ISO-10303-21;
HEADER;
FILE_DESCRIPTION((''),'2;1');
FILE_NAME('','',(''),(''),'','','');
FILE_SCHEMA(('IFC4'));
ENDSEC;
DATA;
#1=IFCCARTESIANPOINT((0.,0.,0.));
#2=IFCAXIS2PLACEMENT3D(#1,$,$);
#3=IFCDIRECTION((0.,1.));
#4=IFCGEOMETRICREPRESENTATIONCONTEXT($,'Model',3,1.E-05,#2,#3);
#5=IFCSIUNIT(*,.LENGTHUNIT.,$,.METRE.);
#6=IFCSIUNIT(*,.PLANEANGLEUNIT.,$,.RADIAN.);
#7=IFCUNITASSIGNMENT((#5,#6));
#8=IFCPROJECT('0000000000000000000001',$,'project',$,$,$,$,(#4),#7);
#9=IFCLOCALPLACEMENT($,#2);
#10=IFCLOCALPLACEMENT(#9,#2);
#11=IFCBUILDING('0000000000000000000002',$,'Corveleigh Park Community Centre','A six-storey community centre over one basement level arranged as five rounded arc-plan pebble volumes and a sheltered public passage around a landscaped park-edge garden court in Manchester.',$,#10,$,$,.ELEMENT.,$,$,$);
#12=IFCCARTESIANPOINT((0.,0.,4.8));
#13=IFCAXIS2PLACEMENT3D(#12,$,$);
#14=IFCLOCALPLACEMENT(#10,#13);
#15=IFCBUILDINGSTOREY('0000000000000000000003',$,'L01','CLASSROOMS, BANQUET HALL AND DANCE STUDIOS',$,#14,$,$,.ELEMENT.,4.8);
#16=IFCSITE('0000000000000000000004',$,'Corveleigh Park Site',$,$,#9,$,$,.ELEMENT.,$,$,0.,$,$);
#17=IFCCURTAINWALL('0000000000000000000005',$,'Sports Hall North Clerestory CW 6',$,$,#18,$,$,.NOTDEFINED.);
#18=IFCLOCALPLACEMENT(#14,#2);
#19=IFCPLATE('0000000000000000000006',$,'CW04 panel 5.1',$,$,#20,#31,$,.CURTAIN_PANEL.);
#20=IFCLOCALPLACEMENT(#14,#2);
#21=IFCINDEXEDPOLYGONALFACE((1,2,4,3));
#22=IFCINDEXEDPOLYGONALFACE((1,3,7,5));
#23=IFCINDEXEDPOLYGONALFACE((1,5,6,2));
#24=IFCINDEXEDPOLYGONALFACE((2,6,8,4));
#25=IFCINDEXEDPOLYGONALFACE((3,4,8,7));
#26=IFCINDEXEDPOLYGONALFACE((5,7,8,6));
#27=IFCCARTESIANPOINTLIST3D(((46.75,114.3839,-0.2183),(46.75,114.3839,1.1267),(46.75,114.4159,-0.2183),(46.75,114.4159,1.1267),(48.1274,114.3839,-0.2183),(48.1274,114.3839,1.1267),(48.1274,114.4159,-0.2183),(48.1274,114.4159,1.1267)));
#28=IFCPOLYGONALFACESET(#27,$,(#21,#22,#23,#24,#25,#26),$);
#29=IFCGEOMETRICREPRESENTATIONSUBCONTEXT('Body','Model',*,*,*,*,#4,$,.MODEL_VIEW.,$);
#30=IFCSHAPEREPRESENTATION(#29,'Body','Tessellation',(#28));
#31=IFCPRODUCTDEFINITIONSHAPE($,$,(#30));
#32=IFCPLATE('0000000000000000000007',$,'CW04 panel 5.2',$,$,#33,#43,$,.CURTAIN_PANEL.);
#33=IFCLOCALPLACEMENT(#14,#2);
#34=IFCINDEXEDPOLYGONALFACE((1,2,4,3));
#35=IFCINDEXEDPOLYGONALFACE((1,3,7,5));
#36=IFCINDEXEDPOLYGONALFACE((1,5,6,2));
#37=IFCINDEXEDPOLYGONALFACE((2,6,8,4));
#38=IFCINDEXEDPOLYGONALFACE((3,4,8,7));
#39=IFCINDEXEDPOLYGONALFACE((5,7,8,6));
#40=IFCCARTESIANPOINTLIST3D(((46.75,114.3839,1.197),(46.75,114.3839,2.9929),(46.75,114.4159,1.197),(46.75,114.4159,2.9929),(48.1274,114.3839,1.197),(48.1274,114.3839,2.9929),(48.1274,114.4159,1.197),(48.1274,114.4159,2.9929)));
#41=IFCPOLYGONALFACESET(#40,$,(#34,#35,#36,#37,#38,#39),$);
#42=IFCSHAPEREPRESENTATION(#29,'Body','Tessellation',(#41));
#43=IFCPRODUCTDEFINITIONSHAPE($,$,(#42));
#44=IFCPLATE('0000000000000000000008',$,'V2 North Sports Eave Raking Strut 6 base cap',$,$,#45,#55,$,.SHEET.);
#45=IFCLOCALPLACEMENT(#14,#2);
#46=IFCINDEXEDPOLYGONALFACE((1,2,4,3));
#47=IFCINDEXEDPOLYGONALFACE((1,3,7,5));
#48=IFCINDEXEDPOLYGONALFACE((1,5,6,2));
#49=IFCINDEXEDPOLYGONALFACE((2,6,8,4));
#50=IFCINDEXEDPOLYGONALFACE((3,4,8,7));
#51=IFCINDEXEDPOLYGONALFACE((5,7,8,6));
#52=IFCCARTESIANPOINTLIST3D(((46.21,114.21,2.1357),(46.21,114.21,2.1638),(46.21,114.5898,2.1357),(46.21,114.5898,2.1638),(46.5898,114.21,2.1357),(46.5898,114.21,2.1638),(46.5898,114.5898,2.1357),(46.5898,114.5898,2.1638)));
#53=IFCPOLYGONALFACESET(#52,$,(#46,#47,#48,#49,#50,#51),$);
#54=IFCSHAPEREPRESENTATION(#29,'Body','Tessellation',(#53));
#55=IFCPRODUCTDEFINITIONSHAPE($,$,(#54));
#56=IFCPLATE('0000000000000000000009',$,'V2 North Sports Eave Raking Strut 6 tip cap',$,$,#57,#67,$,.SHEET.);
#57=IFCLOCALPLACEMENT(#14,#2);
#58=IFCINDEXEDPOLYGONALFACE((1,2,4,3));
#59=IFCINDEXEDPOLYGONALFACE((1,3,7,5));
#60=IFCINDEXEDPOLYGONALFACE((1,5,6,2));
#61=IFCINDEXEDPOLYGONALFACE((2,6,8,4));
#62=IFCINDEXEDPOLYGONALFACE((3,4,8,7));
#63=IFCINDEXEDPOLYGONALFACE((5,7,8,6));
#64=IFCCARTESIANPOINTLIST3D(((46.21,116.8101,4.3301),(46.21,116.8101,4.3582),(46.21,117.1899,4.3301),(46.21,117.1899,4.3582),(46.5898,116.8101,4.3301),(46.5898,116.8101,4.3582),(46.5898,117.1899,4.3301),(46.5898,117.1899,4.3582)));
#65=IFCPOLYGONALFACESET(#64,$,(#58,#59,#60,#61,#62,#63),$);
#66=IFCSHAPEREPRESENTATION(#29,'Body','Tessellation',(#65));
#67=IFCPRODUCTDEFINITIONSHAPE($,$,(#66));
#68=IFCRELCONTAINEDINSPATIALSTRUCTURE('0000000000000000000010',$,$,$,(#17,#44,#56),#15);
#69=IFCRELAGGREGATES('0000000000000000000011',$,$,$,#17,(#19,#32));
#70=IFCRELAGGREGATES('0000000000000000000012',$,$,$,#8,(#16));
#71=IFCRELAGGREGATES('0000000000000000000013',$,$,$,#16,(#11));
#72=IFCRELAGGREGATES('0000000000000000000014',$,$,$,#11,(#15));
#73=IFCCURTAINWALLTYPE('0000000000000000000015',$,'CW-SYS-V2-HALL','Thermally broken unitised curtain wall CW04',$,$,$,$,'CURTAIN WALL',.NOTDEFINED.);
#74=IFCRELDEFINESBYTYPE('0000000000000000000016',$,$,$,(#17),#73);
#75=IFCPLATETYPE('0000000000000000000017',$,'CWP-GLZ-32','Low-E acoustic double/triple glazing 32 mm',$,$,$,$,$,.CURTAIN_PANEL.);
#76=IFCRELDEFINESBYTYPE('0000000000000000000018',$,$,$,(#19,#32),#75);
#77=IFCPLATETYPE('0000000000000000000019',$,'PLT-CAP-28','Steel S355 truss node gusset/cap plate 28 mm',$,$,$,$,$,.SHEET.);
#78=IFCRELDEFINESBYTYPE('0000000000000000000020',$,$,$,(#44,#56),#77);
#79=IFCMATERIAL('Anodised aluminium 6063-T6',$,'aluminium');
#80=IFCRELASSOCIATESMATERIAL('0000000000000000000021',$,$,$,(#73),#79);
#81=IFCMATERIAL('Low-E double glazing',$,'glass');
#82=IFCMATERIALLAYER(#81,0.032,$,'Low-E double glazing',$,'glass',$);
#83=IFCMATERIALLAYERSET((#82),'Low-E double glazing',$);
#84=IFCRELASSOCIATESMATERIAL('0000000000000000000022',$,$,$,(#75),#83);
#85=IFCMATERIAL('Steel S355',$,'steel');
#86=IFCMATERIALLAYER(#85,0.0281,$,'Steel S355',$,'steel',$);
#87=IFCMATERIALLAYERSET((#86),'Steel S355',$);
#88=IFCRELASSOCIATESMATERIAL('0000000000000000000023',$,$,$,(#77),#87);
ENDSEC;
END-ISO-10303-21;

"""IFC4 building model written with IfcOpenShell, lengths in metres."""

from ifc_helpers import new_model, si_unit, direction, frame, origin, origin_2d, place, context, subcontext, project, spatial, rectangle, extrude, material, layer, layer_set, type_object, element, aggregate, save


model = new_model("IFC4")

# Units and contexts
model_context = context("Model", 3, precision=1e-05, world=origin(), true_north=direction((0.0, 1.0)))
body_context = subcontext(model_context, "Body", "Model", "MODEL_VIEW")
ifc_project = project(units=[si_unit("LENGTHUNIT", "METRE"), si_unit("PLANEANGLEUNIT", "RADIAN")], contexts=[model_context])

# Site, building, storey
site_placement = place(None, origin())
site = spatial("IfcSite", under=ifc_project, at=site_placement, Name="Corveleigh Park Site", CompositionType="ELEMENT", RefElevation=0.0)
building_placement = place(site_placement, origin())
building = spatial("IfcBuilding", under=site, at=building_placement, Name="Corveleigh Park Community Centre", Description="A six-storey community centre over one basement level arranged as five rounded arc-plan pebble volumes and a sheltered public passage around a landscaped park-edge garden court in Manchester.", CompositionType="ELEMENT")
storey_placement = place(building_placement, frame((0.0, 0.0, 4.8)))
storey = spatial("IfcBuildingStorey", under=building, at=storey_placement, Name="L01", Description="CLASSROOMS, BANQUET HALL AND DANCE STUDIOS", CompositionType="ELEMENT", Elevation=4.8)

# Shared definitions
ifc_material_1 = material(Name="Steel S355", Category="steel")

# Curtain wall
ifc_material_2 = material(Name="Anodised aluminium 6063-T6", Category="aluminium")
curtain_wall_type = type_object("IfcCurtainWallType", Name="CW-SYS-V2-HALL", Description="Thermally broken unitised curtain wall CW04", ElementType="CURTAIN WALL", PredefinedType="NOTDEFINED", material=ifc_material_2)
curtain_wall_placement = place(storey_placement, origin())
curtain_wall = element("IfcCurtainWall", 1, at=curtain_wall_placement, inside=storey, type_object=curtain_wall_type, Name="Sports Hall North Clerestory CW 6", PredefinedType="NOTDEFINED")

# Plates
ifc_material_3 = material(Name="Low-E double glazing", Category="glass")
ifc_layer_1 = layer(ifc_material_3, 0.032, Name="Low-E double glazing", Category="glass")
ifc_layer_set_1 = layer_set([ifc_layer_1], Name="Low-E double glazing")
plate_type_1 = type_object("IfcPlateType", Name="CWP-GLZ-32", Description="Low-E acoustic double/triple glazing 32 mm", PredefinedType="CURTAIN_PANEL", material=ifc_layer_set_1)
plate_1_placement = place(storey_placement, frame((47.4387, 114.3999, -0.2183), z_axis=(0.0, 0.0, 1.0), x_axis=(-1.0, 0.0, 0.0)))
plate_1 = element("IfcPlate", 2, at=plate_1_placement, type_object=plate_type_1, Name="CW04 panel 5.1", PredefinedType="CURTAIN_PANEL", context=body_context, shape_type="SweptSolid", body=[
    extrude(rectangle(XDim=1.3774, YDim=0.032, at=origin_2d()), origin(), (0.0, 0.0, 1.0), 1.345),
])
plate_2_placement = place(storey_placement, frame((47.4387, 114.3999, 1.197), z_axis=(0.0, 0.0, 1.0), x_axis=(-1.0, 0.0, 0.0)))
plate_2 = element("IfcPlate", 3, at=plate_2_placement, type_object=plate_type_1, Name="CW04 panel 5.2", PredefinedType="CURTAIN_PANEL", context=body_context, shape_type="SweptSolid", body=[
    extrude(rectangle(XDim=1.3774, YDim=0.032, at=origin_2d()), origin(), (0.0, 0.0, 1.0), 1.7959),
])
aggregate(curtain_wall, [plate_1, plate_2])

# Plates
ifc_layer_2 = layer(ifc_material_1, 0.0281, Name="Steel S355", Category="steel")
ifc_layer_set_2 = layer_set([ifc_layer_2], Name="Steel S355")
plate_type_2 = type_object("IfcPlateType", Name="PLT-CAP-28", Description="Steel S355 truss node gusset/cap plate 28 mm", PredefinedType="SHEET", material=ifc_layer_set_2)
for number, where, z_axis, x_axis, name in (
    (4, (46.3999, 114.3999, 2.1357), (0.0, 0.0, 1.0), (1.0, 0.0, 0.0), "V2 North Sports Eave Raking Strut 6 base cap"),
    (5, (46.3999, 117.0, 4.3301), (0.0, 0.0, 1.0), (1.0, 0.0, 0.0), "V2 North Sports Eave Raking Strut 6 tip cap"),
):
    element("IfcPlate", number, at=place(storey_placement, frame(where, z_axis=z_axis, x_axis=x_axis)), inside=storey, type_object=plate_type_2, Name=name, PredefinedType="SHEET", context=body_context, shape_type="SweptSolid", body=[
        extrude(rectangle(XDim=0.3799, YDim=0.3799, at=origin_2d()), origin(), (0.0, 0.0, 1.0), 0.0281),
    ])

save(model, "model.ifc")
